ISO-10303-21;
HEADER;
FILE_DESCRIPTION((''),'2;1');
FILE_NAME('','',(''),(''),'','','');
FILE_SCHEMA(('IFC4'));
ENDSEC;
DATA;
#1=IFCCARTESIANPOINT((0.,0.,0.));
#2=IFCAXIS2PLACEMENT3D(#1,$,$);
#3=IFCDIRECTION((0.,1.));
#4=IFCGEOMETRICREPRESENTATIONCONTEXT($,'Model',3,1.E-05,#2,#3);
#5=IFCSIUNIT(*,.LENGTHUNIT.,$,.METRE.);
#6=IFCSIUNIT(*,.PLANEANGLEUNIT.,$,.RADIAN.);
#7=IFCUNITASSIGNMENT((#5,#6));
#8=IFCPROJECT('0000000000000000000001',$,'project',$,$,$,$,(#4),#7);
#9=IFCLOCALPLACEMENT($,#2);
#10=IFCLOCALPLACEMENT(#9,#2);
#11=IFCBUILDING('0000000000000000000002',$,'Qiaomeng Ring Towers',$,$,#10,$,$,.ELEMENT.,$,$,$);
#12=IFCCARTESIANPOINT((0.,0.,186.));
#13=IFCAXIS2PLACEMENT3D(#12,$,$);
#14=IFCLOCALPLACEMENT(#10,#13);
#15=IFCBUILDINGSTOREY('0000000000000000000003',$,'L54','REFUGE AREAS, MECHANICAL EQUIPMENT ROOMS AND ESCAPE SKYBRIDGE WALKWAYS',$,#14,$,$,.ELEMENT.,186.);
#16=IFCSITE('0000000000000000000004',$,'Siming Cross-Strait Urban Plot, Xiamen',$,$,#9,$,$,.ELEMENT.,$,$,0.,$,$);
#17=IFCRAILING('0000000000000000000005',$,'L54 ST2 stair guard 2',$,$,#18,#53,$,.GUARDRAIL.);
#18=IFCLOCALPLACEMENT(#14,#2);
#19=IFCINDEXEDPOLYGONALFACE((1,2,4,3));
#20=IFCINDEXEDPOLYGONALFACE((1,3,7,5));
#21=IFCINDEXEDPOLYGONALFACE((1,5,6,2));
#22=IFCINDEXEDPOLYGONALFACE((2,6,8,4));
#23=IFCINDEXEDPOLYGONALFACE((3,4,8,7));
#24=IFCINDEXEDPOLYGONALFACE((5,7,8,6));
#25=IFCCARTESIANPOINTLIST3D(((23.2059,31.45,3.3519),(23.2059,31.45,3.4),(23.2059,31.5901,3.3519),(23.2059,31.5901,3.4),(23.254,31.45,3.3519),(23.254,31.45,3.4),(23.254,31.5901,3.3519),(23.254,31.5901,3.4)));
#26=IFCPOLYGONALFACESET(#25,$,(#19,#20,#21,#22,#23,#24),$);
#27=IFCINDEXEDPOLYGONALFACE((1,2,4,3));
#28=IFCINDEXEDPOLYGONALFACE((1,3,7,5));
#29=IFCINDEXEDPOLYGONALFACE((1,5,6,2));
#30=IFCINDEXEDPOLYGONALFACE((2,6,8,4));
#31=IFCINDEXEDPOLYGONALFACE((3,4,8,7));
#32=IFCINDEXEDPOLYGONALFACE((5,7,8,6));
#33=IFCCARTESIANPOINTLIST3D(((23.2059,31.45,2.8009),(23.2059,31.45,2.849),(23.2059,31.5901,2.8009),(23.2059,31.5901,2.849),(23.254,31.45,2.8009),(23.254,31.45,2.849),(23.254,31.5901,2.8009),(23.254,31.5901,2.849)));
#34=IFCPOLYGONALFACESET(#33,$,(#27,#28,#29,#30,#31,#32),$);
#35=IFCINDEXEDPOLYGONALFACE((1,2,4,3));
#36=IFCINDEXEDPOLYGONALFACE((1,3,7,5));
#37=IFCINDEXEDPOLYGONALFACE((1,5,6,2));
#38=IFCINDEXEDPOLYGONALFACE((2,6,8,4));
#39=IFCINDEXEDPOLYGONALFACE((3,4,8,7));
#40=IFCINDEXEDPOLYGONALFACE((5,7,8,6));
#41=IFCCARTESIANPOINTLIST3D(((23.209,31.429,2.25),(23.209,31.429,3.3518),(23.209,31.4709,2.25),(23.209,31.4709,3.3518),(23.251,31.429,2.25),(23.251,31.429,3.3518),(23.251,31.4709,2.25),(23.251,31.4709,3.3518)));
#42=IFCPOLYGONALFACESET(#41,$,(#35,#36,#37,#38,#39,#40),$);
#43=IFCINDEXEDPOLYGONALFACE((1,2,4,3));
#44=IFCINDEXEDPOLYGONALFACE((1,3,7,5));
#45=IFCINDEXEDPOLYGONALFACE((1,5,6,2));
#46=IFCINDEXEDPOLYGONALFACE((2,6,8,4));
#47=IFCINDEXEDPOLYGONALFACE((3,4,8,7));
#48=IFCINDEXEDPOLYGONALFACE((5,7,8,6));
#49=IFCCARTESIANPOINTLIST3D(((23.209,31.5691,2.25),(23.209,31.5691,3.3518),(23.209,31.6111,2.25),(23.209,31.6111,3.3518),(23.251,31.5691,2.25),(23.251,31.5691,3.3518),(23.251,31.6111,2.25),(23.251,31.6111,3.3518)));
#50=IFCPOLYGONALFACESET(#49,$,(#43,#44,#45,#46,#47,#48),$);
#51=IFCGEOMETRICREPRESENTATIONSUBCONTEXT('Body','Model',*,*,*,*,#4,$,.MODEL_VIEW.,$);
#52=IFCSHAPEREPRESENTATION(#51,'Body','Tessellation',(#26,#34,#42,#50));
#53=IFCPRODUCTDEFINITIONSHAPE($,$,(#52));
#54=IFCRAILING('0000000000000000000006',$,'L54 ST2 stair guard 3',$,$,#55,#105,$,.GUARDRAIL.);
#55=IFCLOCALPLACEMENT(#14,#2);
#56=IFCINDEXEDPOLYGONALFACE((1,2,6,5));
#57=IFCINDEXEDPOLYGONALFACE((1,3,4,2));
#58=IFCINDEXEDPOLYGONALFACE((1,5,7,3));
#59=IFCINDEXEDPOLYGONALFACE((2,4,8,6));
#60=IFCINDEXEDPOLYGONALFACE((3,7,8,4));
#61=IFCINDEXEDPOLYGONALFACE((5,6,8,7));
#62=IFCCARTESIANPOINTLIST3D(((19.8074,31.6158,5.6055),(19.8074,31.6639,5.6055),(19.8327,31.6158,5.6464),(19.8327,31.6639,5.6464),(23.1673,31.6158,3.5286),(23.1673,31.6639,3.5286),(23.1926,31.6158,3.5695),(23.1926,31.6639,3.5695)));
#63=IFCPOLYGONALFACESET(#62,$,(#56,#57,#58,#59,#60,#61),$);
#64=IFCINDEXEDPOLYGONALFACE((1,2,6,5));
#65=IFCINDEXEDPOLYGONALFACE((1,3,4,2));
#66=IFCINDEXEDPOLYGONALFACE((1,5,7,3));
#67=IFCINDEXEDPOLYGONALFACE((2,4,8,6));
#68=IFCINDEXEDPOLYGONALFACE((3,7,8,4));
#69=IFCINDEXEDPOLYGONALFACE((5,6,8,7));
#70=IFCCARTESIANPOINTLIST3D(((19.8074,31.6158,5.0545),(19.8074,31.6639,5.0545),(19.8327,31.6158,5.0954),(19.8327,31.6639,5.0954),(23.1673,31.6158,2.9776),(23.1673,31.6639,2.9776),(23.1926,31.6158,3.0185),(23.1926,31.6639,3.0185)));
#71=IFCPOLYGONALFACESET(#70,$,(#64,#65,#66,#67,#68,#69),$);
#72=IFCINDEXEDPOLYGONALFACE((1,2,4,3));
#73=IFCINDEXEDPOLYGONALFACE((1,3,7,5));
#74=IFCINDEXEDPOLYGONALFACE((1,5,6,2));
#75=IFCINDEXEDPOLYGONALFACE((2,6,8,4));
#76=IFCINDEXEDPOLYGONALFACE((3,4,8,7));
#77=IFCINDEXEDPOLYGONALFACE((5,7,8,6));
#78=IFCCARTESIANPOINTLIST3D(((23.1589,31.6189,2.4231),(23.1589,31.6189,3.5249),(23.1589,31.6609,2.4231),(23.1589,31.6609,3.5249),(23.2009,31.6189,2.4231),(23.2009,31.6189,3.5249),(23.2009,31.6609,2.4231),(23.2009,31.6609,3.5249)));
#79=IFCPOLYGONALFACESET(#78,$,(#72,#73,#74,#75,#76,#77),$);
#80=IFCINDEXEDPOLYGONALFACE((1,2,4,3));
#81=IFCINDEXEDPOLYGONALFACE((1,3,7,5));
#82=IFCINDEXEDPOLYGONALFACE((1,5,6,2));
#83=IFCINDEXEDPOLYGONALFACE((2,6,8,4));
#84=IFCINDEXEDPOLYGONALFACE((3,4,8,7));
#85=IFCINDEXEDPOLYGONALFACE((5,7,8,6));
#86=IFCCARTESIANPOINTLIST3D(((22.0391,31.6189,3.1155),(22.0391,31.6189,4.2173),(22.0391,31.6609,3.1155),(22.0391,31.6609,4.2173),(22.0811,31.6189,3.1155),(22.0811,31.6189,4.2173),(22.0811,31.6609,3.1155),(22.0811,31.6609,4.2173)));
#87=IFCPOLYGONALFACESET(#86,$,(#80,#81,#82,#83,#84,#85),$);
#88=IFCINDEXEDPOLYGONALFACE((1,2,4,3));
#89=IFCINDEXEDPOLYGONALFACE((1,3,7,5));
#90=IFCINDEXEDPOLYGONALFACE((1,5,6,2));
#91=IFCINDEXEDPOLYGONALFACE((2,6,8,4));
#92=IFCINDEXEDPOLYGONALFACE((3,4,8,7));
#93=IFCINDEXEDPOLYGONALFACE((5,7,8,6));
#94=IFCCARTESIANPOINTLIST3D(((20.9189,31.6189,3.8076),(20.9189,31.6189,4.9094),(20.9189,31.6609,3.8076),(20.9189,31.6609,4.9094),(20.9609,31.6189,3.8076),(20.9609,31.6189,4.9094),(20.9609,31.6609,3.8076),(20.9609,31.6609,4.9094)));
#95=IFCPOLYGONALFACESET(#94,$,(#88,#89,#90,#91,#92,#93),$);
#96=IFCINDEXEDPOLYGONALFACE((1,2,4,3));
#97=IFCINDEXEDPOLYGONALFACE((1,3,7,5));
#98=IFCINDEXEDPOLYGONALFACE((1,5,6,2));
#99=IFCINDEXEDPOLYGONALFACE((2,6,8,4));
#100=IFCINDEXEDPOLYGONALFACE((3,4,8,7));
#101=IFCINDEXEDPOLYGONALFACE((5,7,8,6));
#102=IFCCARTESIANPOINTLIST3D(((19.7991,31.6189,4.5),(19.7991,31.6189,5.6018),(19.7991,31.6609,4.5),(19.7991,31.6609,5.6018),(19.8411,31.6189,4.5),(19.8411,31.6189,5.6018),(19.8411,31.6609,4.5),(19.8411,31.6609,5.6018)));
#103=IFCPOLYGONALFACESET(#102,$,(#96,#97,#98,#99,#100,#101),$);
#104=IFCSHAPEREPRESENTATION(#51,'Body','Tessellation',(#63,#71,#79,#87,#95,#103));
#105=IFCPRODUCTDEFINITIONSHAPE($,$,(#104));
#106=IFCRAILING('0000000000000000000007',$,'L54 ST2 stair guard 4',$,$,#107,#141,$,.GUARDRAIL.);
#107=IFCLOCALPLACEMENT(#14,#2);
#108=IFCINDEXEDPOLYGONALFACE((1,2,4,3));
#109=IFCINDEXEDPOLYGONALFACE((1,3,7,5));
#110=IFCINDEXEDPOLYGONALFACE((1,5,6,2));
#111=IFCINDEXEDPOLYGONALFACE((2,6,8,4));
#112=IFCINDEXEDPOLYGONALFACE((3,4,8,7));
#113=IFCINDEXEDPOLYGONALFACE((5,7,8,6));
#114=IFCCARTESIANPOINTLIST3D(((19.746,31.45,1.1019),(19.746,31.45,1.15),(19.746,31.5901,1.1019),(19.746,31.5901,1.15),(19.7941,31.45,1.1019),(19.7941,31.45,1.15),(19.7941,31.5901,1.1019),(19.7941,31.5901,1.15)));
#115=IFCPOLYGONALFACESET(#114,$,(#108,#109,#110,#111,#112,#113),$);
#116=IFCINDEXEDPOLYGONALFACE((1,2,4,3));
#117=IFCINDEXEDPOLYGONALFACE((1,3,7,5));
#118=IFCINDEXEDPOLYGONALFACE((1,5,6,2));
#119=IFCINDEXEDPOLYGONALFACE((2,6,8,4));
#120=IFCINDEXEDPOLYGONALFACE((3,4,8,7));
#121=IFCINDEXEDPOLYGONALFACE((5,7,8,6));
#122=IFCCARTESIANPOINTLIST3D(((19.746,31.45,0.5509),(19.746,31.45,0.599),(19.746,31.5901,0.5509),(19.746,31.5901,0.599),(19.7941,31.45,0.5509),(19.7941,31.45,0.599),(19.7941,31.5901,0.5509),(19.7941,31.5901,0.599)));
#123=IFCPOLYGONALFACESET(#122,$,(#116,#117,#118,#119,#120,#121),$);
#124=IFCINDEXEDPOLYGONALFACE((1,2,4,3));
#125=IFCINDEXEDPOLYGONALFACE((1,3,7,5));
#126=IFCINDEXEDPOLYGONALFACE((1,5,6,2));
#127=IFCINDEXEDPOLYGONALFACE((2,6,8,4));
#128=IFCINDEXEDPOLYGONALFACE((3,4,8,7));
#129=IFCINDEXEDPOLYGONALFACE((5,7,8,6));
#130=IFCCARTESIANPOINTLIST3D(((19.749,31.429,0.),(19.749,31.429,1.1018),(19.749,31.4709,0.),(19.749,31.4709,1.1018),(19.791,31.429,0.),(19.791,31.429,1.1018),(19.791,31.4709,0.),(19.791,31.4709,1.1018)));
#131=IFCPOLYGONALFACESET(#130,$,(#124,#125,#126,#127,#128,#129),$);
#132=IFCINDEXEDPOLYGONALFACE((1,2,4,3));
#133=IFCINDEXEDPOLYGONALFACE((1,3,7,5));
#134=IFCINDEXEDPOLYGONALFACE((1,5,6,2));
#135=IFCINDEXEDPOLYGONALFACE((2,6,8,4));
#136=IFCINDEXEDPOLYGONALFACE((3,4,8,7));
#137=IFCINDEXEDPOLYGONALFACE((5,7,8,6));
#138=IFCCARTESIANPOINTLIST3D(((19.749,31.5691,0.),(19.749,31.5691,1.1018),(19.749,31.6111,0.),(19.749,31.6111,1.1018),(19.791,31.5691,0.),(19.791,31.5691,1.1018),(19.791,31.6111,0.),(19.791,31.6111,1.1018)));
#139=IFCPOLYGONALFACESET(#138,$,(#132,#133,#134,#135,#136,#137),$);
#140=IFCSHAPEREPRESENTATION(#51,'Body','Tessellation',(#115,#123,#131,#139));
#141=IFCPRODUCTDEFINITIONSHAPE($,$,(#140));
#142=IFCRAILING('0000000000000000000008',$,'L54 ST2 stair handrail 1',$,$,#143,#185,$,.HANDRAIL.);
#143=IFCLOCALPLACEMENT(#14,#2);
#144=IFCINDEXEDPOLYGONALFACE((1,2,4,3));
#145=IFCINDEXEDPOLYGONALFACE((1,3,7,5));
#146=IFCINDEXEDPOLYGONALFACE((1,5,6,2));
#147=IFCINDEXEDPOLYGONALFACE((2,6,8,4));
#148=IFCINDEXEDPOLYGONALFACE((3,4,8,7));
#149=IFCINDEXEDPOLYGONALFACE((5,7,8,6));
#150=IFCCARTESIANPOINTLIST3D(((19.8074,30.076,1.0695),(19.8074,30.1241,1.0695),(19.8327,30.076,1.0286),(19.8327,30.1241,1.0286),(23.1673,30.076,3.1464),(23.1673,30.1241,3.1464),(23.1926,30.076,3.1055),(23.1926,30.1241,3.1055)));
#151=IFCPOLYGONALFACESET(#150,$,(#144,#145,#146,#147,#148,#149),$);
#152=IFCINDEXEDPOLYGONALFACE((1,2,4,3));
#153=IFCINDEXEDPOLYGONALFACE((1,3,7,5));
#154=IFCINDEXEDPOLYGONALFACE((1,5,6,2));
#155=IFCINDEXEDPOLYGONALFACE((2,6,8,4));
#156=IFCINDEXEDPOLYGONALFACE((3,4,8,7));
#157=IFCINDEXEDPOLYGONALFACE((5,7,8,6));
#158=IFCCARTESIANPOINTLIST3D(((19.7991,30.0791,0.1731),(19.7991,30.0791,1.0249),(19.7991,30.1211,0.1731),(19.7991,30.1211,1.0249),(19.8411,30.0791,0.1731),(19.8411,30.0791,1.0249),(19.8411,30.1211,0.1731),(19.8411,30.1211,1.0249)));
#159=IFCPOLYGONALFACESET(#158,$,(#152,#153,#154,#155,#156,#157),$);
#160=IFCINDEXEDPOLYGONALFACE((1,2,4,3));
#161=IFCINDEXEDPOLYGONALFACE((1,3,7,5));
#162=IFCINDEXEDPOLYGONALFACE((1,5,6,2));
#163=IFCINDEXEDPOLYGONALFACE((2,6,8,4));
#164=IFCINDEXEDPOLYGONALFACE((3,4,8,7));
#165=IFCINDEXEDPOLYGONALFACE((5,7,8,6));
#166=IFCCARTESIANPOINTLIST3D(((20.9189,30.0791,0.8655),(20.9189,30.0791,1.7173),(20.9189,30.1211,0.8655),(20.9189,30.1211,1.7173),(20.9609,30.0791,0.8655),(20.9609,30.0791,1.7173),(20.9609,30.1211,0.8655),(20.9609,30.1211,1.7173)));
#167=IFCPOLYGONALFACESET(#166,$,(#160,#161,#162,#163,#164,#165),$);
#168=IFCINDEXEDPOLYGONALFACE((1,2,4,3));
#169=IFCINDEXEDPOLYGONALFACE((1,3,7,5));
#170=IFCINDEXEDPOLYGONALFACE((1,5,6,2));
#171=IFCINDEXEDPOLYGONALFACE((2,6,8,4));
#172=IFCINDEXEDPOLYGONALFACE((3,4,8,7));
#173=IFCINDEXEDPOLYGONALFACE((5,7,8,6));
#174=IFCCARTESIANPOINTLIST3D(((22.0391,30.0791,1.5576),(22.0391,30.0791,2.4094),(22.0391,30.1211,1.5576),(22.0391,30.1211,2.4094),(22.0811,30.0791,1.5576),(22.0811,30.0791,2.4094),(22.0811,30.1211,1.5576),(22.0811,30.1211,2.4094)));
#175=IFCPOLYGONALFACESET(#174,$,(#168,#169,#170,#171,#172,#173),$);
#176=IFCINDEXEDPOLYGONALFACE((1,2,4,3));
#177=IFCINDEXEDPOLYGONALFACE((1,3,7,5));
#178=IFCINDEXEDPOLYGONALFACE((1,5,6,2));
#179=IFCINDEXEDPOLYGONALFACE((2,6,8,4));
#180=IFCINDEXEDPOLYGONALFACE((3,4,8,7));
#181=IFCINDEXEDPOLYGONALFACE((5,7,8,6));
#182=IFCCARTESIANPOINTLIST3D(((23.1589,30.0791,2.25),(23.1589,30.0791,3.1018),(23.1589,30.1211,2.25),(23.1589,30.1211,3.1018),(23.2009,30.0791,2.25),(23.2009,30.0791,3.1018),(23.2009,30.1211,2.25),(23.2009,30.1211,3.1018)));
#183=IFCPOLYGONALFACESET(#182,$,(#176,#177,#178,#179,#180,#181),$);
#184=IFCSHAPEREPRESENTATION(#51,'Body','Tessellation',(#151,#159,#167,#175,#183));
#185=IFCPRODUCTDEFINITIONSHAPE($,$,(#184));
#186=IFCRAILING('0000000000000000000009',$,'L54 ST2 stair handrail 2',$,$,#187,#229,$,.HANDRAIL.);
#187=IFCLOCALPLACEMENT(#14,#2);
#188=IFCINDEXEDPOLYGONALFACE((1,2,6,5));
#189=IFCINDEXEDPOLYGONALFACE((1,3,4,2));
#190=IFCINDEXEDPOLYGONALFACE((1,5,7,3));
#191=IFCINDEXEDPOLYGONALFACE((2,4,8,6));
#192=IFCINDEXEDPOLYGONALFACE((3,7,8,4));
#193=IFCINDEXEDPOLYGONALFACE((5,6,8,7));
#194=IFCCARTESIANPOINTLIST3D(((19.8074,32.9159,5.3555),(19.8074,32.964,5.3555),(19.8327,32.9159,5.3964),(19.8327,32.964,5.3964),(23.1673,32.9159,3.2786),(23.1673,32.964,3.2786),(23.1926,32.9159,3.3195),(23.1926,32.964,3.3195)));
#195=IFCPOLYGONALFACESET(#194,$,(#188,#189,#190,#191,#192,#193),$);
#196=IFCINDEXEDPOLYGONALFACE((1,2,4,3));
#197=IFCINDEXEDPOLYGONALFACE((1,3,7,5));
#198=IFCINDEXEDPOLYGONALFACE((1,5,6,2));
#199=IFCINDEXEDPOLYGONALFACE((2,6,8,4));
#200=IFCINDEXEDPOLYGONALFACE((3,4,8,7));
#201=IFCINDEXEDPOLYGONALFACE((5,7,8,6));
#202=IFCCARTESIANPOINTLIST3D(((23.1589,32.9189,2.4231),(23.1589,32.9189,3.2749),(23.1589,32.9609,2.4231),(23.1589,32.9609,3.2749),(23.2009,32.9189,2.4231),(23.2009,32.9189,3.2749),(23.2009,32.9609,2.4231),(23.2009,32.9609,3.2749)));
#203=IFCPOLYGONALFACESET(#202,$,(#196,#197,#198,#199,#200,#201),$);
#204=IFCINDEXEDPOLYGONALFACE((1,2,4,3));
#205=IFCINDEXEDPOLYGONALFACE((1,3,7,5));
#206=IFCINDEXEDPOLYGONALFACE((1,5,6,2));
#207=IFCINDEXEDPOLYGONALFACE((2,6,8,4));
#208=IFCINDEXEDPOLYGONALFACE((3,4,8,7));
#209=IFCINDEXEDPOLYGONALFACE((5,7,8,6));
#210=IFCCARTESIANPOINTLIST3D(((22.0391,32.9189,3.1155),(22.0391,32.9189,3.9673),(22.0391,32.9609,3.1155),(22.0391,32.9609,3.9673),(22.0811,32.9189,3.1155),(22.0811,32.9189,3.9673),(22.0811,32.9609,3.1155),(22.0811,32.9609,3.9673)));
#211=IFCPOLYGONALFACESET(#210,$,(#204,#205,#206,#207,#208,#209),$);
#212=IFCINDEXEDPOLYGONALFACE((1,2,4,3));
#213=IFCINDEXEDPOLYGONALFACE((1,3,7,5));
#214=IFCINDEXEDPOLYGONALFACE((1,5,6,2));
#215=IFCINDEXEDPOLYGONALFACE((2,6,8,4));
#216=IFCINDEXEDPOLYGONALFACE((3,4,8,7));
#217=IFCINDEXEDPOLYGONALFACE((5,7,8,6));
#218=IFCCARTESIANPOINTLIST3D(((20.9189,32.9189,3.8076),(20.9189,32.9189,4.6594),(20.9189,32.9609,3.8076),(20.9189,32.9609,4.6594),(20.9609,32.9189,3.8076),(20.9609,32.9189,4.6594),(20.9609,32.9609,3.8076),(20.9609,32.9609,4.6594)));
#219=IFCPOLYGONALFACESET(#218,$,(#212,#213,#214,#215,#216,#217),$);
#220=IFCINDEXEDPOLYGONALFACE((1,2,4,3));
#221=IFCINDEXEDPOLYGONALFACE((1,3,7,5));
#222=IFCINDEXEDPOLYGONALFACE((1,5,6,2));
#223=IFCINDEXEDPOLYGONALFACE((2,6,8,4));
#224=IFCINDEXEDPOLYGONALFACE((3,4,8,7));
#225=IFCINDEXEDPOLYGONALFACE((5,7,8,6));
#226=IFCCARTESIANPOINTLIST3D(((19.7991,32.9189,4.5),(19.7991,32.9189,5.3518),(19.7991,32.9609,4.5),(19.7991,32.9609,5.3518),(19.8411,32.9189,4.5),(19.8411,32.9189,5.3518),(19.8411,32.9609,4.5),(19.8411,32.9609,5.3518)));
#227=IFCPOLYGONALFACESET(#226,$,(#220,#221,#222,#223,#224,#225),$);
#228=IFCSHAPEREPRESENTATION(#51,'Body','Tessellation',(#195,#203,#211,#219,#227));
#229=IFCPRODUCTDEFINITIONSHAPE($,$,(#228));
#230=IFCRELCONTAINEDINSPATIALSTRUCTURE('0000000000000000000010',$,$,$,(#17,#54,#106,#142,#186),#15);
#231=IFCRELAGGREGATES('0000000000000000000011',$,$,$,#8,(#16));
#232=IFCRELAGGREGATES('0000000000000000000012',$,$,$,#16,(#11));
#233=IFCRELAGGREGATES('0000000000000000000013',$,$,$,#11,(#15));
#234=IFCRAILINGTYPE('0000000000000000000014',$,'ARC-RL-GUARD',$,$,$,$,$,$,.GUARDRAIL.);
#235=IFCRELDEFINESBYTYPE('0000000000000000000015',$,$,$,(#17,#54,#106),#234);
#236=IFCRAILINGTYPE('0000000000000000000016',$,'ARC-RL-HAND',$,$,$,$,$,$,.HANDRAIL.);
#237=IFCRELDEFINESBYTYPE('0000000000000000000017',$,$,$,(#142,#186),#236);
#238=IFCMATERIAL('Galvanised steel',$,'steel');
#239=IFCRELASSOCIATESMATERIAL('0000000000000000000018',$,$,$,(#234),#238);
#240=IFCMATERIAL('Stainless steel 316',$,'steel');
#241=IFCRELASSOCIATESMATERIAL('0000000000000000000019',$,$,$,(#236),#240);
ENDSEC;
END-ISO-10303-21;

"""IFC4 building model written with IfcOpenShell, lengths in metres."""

from ifc_helpers import new_model, si_unit, direction, frame, origin, origin_2d, place, context, subcontext, project, spatial, rectangle, extrude, material, type_object, element, save


model = new_model("IFC4")

# Units and contexts
model_context = context("Model", 3, precision=1e-05, world=origin(), true_north=direction((0.0, 1.0)))
body_context = subcontext(model_context, "Body", "Model", "MODEL_VIEW")
ifc_project = project(units=[si_unit("LENGTHUNIT", "METRE"), si_unit("PLANEANGLEUNIT", "RADIAN")], contexts=[model_context])

# Site, building, storey
site_placement = place(None, origin())
site = spatial("IfcSite", under=ifc_project, at=site_placement, Name="Siming Cross-Strait Urban Plot, Xiamen", CompositionType="ELEMENT", RefElevation=0.0)
building_placement = place(site_placement, origin())
building = spatial("IfcBuilding", under=site, at=building_placement, Name="Qiaomeng Ring Towers", CompositionType="ELEMENT")
storey_placement = place(building_placement, frame((0.0, 0.0, 186.0)))
storey = spatial("IfcBuildingStorey", under=building, at=storey_placement, Name="L54", Description="REFUGE AREAS, MECHANICAL EQUIPMENT ROOMS AND ESCAPE SKYBRIDGE WALKWAYS", CompositionType="ELEMENT", Elevation=186.0)

# Railings
ifc_material_1 = material(Name="Galvanised steel", Category="steel")
railing_type_1 = type_object("IfcRailingType", Name="ARC-RL-GUARD", PredefinedType="GUARDRAIL", material=ifc_material_1)
railing_1_placement = place(storey_placement, frame((23.23, 31.45, 2.25)))
element("IfcRailing", 1, at=railing_1_placement, inside=storey, type_object=railing_type_1, Name="L54 ST2 stair guard 2", PredefinedType="GUARDRAIL", context=body_context, shape_type="SweptSolid", body=[
    extrude(rectangle(XDim=0.0481, YDim=0.0481, at=origin_2d()), frame((0.0, 0.0, 1.126), z_axis=(0.0, 1.0, 0.0), x_axis=(-1.0, 0.0, 0.0)), (0.0, 0.0, 1.0), 0.1401),
    extrude(rectangle(XDim=0.0481, YDim=0.0481, at=origin_2d()), frame((0.0, 0.0, 0.575), z_axis=(0.0, 1.0, 0.0), x_axis=(-1.0, 0.0, 0.0)), (0.0, 0.0, 1.0), 0.1401),
    extrude(rectangle(XDim=0.042, YDim=0.042, at=origin_2d()), origin(), (0.0, 0.0, 1.0), 1.1018),
    extrude(rectangle(XDim=0.042, YDim=0.042, at=origin_2d()), frame((0.0, 0.1401, 0.0)), (0.0, 0.0, 1.0), 1.1018),
])
railing_2_placement = place(storey_placement, frame((23.1799, 31.6399, 2.4231)))
element("IfcRailing", 2, at=railing_2_placement, inside=storey, type_object=railing_type_1, Name="L54 ST2 stair guard 3", PredefinedType="GUARDRAIL", context=body_context, shape_type="SweptSolid", body=[
    extrude(rectangle(XDim=0.0481, YDim=0.0481, at=origin_2d()), frame((0.0, 0.0, 1.126), z_axis=(-0.850606, 0.0, 0.525803), x_axis=(0.0, -1.0, 0.0)), (0.0, 0.0, 1.0), 3.95),
    extrude(rectangle(XDim=0.0481, YDim=0.0481, at=origin_2d()), frame((0.0, 0.0, 0.575), z_axis=(-0.850606, 0.0, 0.525803), x_axis=(0.0, -1.0, 0.0)), (0.0, 0.0, 1.0), 3.95),
    extrude(rectangle(XDim=0.042, YDim=0.042, at=origin_2d()), origin(), (0.0, 0.0, 1.0), 1.1018),
    extrude(rectangle(XDim=0.042, YDim=0.042, at=origin_2d()), frame((-1.1199, 0.0, 0.6924)), (0.0, 0.0, 1.0), 1.1018),
    extrude(rectangle(XDim=0.042, YDim=0.042, at=origin_2d()), frame((-2.24, 0.0, 1.3845)), (0.0, 0.0, 1.0), 1.1018),
    extrude(rectangle(XDim=0.042, YDim=0.042, at=origin_2d()), frame((-3.3599, 0.0, 2.0769)), (0.0, 0.0, 1.0), 1.1018),
])
railing_3_placement = place(storey_placement, frame((19.77, 31.45, 0.0)))
element("IfcRailing", 3, at=railing_3_placement, inside=storey, type_object=railing_type_1, Name="L54 ST2 stair guard 4", PredefinedType="GUARDRAIL", context=body_context, shape_type="SweptSolid", body=[
    extrude(rectangle(XDim=0.0481, YDim=0.0481, at=origin_2d()), frame((0.0, 0.0, 1.126), z_axis=(0.0, 1.0, 0.0), x_axis=(-1.0, 0.0, 0.0)), (0.0, 0.0, 1.0), 0.1401),
    extrude(rectangle(XDim=0.0481, YDim=0.0481, at=origin_2d()), frame((0.0, 0.0, 0.575), z_axis=(0.0, 1.0, 0.0), x_axis=(-1.0, 0.0, 0.0)), (0.0, 0.0, 1.0), 0.1401),
    extrude(rectangle(XDim=0.042, YDim=0.042, at=origin_2d()), origin(), (0.0, 0.0, 1.0), 1.1018),
    extrude(rectangle(XDim=0.042, YDim=0.042, at=origin_2d()), frame((0.0, 0.1401, 0.0)), (0.0, 0.0, 1.0), 1.1018),
])
ifc_material_2 = material(Name="Stainless steel 316", Category="steel")
railing_type_2 = type_object("IfcRailingType", Name="ARC-RL-HAND", PredefinedType="HANDRAIL", material=ifc_material_2)
railing_4_placement = place(storey_placement, frame((19.8201, 30.1001, 0.1731)))
element("IfcRailing", 4, at=railing_4_placement, inside=storey, type_object=railing_type_2, Name="L54 ST2 stair handrail 1", PredefinedType="HANDRAIL", context=body_context, shape_type="SweptSolid", body=[
    extrude(rectangle(XDim=0.0481, YDim=0.0481, at=origin_2d()), frame((0.0, 0.0, 0.876), z_axis=(0.850606, 0.0, 0.525803), x_axis=(0.0, 1.0, 0.0)), (0.0, 0.0, 1.0), 3.95),
    extrude(rectangle(XDim=0.042, YDim=0.042, at=origin_2d()), origin(), (0.0, 0.0, 1.0), 0.8518),
    extrude(rectangle(XDim=0.042, YDim=0.042, at=origin_2d()), frame((1.1199, 0.0, 0.6924)), (0.0, 0.0, 1.0), 0.8518),
    extrude(rectangle(XDim=0.042, YDim=0.042, at=origin_2d()), frame((2.24, 0.0, 1.3845)), (0.0, 0.0, 1.0), 0.8518),
    extrude(rectangle(XDim=0.042, YDim=0.042, at=origin_2d()), frame((3.3599, 0.0, 2.0769)), (0.0, 0.0, 1.0), 0.8518),
])
railing_5_placement = place(storey_placement, frame((23.1799, 32.9399, 2.4231)))
element("IfcRailing", 5, at=railing_5_placement, inside=storey, type_object=railing_type_2, Name="L54 ST2 stair handrail 2", PredefinedType="HANDRAIL", context=body_context, shape_type="SweptSolid", body=[
    extrude(rectangle(XDim=0.0481, YDim=0.0481, at=origin_2d()), frame((0.0, 0.0, 0.876), z_axis=(-0.850606, 0.0, 0.525803), x_axis=(0.0, -1.0, 0.0)), (0.0, 0.0, 1.0), 3.95),
    extrude(rectangle(XDim=0.042, YDim=0.042, at=origin_2d()), origin(), (0.0, 0.0, 1.0), 0.8518),
    extrude(rectangle(XDim=0.042, YDim=0.042, at=origin_2d()), frame((-1.1199, 0.0, 0.6924)), (0.0, 0.0, 1.0), 0.8518),
    extrude(rectangle(XDim=0.042, YDim=0.042, at=origin_2d()), frame((-2.24, 0.0, 1.3845)), (0.0, 0.0, 1.0), 0.8518),
    extrude(rectangle(XDim=0.042, YDim=0.042, at=origin_2d()), frame((-3.3599, 0.0, 2.0769)), (0.0, 0.0, 1.0), 0.8518),
])

save(model, "model.ifc")
